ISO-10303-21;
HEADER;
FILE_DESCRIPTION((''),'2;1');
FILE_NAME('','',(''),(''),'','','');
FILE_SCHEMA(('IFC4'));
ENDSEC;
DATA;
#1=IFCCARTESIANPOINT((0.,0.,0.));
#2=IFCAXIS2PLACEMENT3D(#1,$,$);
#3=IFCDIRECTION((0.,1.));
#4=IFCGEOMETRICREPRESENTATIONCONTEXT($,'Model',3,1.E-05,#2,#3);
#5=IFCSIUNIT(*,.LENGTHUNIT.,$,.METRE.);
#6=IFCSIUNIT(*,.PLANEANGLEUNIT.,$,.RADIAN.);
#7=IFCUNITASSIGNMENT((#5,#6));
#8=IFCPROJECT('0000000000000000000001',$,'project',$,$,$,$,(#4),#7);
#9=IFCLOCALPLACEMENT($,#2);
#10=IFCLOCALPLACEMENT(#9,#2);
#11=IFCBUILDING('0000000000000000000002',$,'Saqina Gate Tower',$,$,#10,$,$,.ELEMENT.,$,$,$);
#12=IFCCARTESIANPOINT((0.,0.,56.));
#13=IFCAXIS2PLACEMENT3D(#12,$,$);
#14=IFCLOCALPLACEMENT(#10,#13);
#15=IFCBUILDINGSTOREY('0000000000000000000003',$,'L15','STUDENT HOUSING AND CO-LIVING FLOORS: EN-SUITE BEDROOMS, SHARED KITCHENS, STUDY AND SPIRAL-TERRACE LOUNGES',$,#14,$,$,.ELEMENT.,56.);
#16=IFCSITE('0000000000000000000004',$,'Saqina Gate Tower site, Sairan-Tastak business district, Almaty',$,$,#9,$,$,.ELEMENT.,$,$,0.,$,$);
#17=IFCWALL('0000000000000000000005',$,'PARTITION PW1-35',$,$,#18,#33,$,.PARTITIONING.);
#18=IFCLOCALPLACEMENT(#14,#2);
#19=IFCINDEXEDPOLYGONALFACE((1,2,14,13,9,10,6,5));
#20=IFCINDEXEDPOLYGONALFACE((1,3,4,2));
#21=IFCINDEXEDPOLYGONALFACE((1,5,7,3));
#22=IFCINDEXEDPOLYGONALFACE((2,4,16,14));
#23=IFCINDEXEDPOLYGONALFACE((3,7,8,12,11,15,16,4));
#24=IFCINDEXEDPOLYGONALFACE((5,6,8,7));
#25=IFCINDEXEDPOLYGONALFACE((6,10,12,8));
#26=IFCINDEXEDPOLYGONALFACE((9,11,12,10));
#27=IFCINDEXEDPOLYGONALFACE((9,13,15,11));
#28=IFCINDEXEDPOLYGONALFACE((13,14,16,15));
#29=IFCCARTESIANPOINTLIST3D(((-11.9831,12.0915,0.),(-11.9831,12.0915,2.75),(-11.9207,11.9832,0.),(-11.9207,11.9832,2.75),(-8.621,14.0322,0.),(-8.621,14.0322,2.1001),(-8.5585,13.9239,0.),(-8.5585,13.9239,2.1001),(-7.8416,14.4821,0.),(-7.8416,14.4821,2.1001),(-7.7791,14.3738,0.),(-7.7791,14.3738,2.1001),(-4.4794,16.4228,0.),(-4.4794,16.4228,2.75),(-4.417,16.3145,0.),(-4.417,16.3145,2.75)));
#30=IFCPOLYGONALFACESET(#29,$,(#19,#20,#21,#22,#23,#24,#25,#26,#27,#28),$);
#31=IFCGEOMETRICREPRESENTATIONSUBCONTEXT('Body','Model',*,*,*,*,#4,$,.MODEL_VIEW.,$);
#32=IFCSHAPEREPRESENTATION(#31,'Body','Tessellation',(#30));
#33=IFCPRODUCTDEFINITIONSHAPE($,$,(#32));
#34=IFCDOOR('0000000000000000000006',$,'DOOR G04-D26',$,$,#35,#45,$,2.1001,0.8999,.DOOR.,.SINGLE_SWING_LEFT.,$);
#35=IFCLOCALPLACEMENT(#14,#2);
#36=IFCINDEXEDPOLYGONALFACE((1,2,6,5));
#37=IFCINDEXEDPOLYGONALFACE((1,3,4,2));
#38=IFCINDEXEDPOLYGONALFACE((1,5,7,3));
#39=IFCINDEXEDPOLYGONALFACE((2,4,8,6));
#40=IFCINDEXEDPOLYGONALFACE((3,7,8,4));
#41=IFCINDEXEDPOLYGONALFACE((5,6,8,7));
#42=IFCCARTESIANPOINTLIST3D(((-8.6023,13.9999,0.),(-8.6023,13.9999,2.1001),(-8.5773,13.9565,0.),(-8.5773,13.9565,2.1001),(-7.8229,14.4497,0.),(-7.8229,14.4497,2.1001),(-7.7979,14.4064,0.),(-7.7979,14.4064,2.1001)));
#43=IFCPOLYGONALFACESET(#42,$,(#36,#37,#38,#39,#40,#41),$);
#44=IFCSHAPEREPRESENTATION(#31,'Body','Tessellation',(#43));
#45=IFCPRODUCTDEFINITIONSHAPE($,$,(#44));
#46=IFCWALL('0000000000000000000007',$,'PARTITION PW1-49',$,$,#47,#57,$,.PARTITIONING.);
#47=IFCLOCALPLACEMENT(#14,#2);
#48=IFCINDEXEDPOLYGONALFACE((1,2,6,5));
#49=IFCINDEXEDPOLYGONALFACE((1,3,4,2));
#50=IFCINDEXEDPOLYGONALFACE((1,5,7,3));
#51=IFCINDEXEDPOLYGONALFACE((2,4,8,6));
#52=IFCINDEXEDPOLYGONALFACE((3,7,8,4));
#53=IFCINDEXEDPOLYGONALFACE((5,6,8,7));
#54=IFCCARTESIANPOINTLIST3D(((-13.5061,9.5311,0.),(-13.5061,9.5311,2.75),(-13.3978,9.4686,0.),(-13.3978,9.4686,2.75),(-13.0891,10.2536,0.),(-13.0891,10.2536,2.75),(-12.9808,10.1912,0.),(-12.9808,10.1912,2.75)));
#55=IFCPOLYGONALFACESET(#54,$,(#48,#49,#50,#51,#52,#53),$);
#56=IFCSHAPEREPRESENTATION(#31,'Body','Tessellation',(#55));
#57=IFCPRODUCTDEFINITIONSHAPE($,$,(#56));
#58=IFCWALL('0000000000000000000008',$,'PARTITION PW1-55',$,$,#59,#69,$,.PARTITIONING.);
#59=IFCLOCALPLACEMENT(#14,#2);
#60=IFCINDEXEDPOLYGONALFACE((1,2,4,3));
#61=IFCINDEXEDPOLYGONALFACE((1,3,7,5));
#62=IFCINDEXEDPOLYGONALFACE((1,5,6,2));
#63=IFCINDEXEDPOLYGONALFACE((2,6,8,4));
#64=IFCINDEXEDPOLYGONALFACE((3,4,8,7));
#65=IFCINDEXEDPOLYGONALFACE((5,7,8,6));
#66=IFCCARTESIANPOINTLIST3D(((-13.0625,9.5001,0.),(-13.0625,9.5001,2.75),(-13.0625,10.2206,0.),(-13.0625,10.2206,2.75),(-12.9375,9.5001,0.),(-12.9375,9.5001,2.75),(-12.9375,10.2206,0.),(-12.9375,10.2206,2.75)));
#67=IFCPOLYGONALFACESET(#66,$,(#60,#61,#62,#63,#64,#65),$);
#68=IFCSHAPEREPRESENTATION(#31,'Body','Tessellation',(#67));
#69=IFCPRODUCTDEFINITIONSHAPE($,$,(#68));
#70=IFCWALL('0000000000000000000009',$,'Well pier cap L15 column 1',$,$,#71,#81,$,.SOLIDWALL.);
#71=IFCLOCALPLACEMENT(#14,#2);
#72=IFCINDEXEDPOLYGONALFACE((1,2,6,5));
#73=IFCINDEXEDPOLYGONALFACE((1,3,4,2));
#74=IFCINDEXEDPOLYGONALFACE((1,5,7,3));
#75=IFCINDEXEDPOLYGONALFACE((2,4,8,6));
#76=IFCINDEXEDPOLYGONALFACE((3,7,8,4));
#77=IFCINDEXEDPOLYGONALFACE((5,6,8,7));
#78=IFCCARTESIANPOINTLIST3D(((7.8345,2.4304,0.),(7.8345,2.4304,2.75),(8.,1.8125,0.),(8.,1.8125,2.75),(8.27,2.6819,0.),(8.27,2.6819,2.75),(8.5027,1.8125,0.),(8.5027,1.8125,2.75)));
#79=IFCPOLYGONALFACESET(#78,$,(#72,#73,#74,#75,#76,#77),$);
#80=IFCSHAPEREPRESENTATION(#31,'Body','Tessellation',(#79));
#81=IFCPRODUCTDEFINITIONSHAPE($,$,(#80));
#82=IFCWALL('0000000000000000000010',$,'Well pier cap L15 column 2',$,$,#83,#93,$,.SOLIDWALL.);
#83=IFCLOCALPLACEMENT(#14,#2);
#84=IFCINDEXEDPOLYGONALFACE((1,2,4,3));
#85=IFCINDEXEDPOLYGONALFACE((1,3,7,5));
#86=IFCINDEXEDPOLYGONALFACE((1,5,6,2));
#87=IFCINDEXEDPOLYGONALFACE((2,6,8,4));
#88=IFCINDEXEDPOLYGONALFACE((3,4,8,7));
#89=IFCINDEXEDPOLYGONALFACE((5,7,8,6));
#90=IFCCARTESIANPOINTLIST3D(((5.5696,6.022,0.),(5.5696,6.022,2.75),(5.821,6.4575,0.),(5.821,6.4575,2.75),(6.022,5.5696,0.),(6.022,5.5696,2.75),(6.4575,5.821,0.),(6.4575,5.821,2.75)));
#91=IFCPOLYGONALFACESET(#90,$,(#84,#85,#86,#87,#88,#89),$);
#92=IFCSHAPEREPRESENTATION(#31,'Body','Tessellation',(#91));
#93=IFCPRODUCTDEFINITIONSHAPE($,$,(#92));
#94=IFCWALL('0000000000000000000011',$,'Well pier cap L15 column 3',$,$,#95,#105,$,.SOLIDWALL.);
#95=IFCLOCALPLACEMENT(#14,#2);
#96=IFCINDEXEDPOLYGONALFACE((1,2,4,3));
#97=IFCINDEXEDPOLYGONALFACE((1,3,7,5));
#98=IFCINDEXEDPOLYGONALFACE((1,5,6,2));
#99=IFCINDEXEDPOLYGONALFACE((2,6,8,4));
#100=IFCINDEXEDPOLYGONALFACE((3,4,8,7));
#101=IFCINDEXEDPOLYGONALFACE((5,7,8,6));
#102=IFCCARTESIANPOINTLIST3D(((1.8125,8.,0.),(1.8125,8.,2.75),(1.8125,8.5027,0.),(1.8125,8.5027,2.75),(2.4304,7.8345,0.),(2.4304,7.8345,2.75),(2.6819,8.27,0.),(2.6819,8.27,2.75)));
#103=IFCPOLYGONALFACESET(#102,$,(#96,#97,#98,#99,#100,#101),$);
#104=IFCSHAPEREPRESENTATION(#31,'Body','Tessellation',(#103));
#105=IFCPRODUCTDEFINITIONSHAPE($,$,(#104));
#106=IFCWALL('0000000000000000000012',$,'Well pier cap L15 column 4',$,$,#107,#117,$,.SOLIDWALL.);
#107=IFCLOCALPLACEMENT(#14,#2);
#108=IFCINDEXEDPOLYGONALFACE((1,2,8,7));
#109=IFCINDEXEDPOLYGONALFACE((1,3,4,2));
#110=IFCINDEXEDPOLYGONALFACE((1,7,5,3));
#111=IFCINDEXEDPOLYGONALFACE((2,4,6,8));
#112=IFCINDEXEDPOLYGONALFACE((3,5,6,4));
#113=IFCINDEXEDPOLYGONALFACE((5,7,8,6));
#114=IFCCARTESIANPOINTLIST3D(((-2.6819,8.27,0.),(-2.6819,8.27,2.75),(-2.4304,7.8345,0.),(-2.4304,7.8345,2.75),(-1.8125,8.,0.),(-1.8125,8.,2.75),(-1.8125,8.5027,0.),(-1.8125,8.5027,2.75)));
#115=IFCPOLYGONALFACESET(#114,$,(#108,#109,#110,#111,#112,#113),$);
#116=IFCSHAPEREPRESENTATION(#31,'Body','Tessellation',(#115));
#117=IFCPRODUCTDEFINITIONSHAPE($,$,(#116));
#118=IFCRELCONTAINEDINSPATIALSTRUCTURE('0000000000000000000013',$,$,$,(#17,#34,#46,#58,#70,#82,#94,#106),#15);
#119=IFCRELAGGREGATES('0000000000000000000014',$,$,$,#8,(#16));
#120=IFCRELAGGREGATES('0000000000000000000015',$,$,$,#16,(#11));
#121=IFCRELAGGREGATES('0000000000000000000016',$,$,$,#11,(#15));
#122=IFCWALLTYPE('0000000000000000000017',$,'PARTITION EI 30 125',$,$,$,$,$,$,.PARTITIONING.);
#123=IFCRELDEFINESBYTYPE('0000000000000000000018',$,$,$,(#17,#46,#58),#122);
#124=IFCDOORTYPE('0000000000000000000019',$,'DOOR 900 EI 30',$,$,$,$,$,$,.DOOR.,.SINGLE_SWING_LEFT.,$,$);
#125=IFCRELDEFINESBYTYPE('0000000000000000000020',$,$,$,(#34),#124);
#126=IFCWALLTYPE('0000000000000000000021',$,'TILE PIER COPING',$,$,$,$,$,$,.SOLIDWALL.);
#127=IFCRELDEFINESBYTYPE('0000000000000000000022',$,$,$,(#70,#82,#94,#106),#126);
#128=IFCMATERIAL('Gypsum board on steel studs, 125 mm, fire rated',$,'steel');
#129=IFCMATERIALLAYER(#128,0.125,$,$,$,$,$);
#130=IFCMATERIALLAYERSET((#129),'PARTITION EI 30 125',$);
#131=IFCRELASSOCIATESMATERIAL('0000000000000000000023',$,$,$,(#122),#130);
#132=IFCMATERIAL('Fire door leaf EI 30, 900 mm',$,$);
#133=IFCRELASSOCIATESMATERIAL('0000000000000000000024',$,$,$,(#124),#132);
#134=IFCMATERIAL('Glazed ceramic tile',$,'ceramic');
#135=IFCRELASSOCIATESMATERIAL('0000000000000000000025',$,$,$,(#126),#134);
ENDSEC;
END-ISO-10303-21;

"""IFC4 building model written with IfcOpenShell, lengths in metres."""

from ifc_helpers import new_model, si_unit, direction, frame, frame_2d, origin, place, context, subcontext, project, spatial, polyline, rectangle, outline, extrude, material, layer, layer_set, type_object, element, fill, save


model = new_model("IFC4")

# Units and contexts
model_context = context("Model", 3, precision=1e-05, world=origin(), true_north=direction((0.0, 1.0)))
body_context = subcontext(model_context, "Body", "Model", "MODEL_VIEW")
ifc_project = project(units=[si_unit("LENGTHUNIT", "METRE"), si_unit("PLANEANGLEUNIT", "RADIAN")], contexts=[model_context])

# Site, building, storey
site_placement = place(None, origin())
site = spatial("IfcSite", under=ifc_project, at=site_placement, Name="Saqina Gate Tower site, Sairan-Tastak business district, Almaty", CompositionType="ELEMENT", RefElevation=0.0)
building_placement = place(site_placement, origin())
building = spatial("IfcBuilding", under=site, at=building_placement, Name="Saqina Gate Tower", CompositionType="ELEMENT")
storey_placement = place(building_placement, frame((0.0, 0.0, 56.0)))
storey = spatial("IfcBuildingStorey", under=building, at=storey_placement, Name="L15", Description="STUDENT HOUSING AND CO-LIVING FLOORS: EN-SUITE BEDROOMS, SHARED KITCHENS, STUDY AND SPIRAL-TERRACE LOUNGES", CompositionType="ELEMENT", Elevation=56.0)

# Shared definitions
ifc_material_1 = material(Name="Gypsum board on steel studs, 125 mm, fire rated", Category="steel")
ifc_layer_1 = layer(ifc_material_1, 0.125)
ifc_layer_set_1 = layer_set([ifc_layer_1], Name="PARTITION EI 30 125")
wall_type_1 = type_object("IfcWallType", Name="PARTITION EI 30 125", PredefinedType="PARTITIONING", material=ifc_layer_set_1)

# Wall, opening, door
wall_1_placement = place(storey_placement, frame((-11.9519, 12.0374, 0.0), z_axis=(0.0, 0.0, 1.0), x_axis=(0.866073, 0.499918, 0.0)))
wall_1 = element("IfcWall", 1, at=wall_1_placement, inside=storey, type_object=wall_type_1, Name="PARTITION PW1-35", PredefinedType="PARTITIONING", context=body_context, shape_type="SweptSolid", body=[
    extrude(rectangle(XDim=8.6641, YDim=0.125, at=frame_2d((4.332, 0.0))), origin(), (0.0, 0.0, 1.0), 2.75),
])
opening_1_placement = place(wall_1_placement, frame((3.8821, 0.0, 0.0)))
opening_1 = element("IfcOpeningElement", 2, at=opening_1_placement, cuts=wall_1, PredefinedType="OPENING", context=body_context, shape_type="SweptSolid", body=[
    extrude(rectangle(XDim=0.8999, YDim=2.1001, at=frame_2d((0.45, 1.05))), frame((0.0, 0.0745, 0.0), z_axis=(0.0, -1.0, 0.0), x_axis=(1.0, 0.0, 0.0)), (0.0, 0.0, 1.0), 0.1489),
])
ifc_material_2 = material(Name="Fire door leaf EI 30, 900 mm")
door_type_1 = type_object("IfcDoorType", Name="DOOR 900 EI 30", OperationType="SINGLE_SWING_LEFT", PredefinedType="DOOR", material=ifc_material_2)
door_1_placement = place(opening_1_placement, frame((0.8999, 0.0, 0.0), z_axis=(0.0, 0.0, 1.0), x_axis=(-1.0, 0.0, 0.0)))
door_1 = element("IfcDoor", 3, at=door_1_placement, inside=storey, type_object=door_type_1, Name="DOOR G04-D26", OperationType="SINGLE_SWING_LEFT", OverallHeight=2.1001, OverallWidth=0.8999, PredefinedType="DOOR", context=body_context, shape_type="SweptSolid", body=[
    extrude(rectangle(XDim=0.8999, YDim=2.1001, at=frame_2d((0.45, 1.05))), frame((0.0, 0.0249, 0.0), z_axis=(0.0, -1.0, 0.0), x_axis=(1.0, 0.0, 0.0)), (0.0, 0.0, 1.0), 0.05),
])
fill(opening_1, door_1)

# Walls
wall_2_placement = place(storey_placement, frame((-13.4519, 9.5, 0.0), z_axis=(0.0, 0.0, 1.0), x_axis=(0.499917, 0.866073, 0.0)))
element("IfcWall", 4, at=wall_2_placement, inside=storey, type_object=wall_type_1, Name="PARTITION PW1-49", PredefinedType="PARTITIONING", context=body_context, shape_type="SweptSolid", body=[
    extrude(rectangle(XDim=0.8342, YDim=0.125, at=frame_2d((0.417, 0.0))), origin(), (0.0, 0.0, 1.0), 2.75),
])
wall_3_placement = place(storey_placement, frame((-13.0, 9.5, 0.0), z_axis=(0.0, 0.0, 1.0), x_axis=(0.0, 1.0, 0.0)))
element("IfcWall", 5, at=wall_3_placement, inside=storey, type_object=wall_type_1, Name="PARTITION PW1-55", PredefinedType="PARTITIONING", context=body_context, shape_type="SweptSolid", body=[
    extrude(rectangle(XDim=0.7205, YDim=0.125, at=frame_2d((0.3604, 0.0))), origin(), (0.0, 0.0, 1.0), 2.75),
])
ifc_material_3 = material(Name="Glazed ceramic tile", Category="ceramic")
wall_type_2 = type_object("IfcWallType", Name="TILE PIER COPING", PredefinedType="SOLIDWALL", material=ifc_material_3)
wall_4_placement = place(storey_placement, origin())
element("IfcWall", 6, at=wall_4_placement, inside=storey, type_object=wall_type_2, Name="Well pier cap L15 column 1", PredefinedType="SOLIDWALL", context=body_context, shape_type="SweptSolid", body=[
    extrude(outline(polyline([(8.27, 2.6819), (7.8345, 2.4304), (8.0, 1.8125), (8.5027, 1.8125), (8.27, 2.6819)])), origin(), (0.0, 0.0, 1.0), 2.75),
])
wall_5_placement = place(storey_placement, origin())
element("IfcWall", 7, at=wall_5_placement, inside=storey, type_object=wall_type_2, Name="Well pier cap L15 column 2", PredefinedType="SOLIDWALL", context=body_context, shape_type="SweptSolid", body=[
    extrude(outline(polyline([(5.821, 6.4575), (5.5696, 6.022), (6.022, 5.5696), (6.4575, 5.821), (5.821, 6.4575)])), origin(), (0.0, 0.0, 1.0), 2.75),
])
wall_6_placement = place(storey_placement, origin())
element("IfcWall", 8, at=wall_6_placement, inside=storey, type_object=wall_type_2, Name="Well pier cap L15 column 3", PredefinedType="SOLIDWALL", context=body_context, shape_type="SweptSolid", body=[
    extrude(outline(polyline([(1.8125, 8.5027), (1.8125, 8.0), (2.4304, 7.8345), (2.6819, 8.27), (1.8125, 8.5027)])), origin(), (0.0, 0.0, 1.0), 2.75),
])
wall_7_placement = place(storey_placement, origin())
element("IfcWall", 9, at=wall_7_placement, inside=storey, type_object=wall_type_2, Name="Well pier cap L15 column 4", PredefinedType="SOLIDWALL", context=body_context, shape_type="SweptSolid", body=[
    extrude(outline(polyline([(-2.6819, 8.27), (-2.4304, 7.8345), (-1.8125, 8.0), (-1.8125, 8.5027), (-2.6819, 8.27)])), origin(), (0.0, 0.0, 1.0), 2.75),
])

save(model, "model.ifc")
